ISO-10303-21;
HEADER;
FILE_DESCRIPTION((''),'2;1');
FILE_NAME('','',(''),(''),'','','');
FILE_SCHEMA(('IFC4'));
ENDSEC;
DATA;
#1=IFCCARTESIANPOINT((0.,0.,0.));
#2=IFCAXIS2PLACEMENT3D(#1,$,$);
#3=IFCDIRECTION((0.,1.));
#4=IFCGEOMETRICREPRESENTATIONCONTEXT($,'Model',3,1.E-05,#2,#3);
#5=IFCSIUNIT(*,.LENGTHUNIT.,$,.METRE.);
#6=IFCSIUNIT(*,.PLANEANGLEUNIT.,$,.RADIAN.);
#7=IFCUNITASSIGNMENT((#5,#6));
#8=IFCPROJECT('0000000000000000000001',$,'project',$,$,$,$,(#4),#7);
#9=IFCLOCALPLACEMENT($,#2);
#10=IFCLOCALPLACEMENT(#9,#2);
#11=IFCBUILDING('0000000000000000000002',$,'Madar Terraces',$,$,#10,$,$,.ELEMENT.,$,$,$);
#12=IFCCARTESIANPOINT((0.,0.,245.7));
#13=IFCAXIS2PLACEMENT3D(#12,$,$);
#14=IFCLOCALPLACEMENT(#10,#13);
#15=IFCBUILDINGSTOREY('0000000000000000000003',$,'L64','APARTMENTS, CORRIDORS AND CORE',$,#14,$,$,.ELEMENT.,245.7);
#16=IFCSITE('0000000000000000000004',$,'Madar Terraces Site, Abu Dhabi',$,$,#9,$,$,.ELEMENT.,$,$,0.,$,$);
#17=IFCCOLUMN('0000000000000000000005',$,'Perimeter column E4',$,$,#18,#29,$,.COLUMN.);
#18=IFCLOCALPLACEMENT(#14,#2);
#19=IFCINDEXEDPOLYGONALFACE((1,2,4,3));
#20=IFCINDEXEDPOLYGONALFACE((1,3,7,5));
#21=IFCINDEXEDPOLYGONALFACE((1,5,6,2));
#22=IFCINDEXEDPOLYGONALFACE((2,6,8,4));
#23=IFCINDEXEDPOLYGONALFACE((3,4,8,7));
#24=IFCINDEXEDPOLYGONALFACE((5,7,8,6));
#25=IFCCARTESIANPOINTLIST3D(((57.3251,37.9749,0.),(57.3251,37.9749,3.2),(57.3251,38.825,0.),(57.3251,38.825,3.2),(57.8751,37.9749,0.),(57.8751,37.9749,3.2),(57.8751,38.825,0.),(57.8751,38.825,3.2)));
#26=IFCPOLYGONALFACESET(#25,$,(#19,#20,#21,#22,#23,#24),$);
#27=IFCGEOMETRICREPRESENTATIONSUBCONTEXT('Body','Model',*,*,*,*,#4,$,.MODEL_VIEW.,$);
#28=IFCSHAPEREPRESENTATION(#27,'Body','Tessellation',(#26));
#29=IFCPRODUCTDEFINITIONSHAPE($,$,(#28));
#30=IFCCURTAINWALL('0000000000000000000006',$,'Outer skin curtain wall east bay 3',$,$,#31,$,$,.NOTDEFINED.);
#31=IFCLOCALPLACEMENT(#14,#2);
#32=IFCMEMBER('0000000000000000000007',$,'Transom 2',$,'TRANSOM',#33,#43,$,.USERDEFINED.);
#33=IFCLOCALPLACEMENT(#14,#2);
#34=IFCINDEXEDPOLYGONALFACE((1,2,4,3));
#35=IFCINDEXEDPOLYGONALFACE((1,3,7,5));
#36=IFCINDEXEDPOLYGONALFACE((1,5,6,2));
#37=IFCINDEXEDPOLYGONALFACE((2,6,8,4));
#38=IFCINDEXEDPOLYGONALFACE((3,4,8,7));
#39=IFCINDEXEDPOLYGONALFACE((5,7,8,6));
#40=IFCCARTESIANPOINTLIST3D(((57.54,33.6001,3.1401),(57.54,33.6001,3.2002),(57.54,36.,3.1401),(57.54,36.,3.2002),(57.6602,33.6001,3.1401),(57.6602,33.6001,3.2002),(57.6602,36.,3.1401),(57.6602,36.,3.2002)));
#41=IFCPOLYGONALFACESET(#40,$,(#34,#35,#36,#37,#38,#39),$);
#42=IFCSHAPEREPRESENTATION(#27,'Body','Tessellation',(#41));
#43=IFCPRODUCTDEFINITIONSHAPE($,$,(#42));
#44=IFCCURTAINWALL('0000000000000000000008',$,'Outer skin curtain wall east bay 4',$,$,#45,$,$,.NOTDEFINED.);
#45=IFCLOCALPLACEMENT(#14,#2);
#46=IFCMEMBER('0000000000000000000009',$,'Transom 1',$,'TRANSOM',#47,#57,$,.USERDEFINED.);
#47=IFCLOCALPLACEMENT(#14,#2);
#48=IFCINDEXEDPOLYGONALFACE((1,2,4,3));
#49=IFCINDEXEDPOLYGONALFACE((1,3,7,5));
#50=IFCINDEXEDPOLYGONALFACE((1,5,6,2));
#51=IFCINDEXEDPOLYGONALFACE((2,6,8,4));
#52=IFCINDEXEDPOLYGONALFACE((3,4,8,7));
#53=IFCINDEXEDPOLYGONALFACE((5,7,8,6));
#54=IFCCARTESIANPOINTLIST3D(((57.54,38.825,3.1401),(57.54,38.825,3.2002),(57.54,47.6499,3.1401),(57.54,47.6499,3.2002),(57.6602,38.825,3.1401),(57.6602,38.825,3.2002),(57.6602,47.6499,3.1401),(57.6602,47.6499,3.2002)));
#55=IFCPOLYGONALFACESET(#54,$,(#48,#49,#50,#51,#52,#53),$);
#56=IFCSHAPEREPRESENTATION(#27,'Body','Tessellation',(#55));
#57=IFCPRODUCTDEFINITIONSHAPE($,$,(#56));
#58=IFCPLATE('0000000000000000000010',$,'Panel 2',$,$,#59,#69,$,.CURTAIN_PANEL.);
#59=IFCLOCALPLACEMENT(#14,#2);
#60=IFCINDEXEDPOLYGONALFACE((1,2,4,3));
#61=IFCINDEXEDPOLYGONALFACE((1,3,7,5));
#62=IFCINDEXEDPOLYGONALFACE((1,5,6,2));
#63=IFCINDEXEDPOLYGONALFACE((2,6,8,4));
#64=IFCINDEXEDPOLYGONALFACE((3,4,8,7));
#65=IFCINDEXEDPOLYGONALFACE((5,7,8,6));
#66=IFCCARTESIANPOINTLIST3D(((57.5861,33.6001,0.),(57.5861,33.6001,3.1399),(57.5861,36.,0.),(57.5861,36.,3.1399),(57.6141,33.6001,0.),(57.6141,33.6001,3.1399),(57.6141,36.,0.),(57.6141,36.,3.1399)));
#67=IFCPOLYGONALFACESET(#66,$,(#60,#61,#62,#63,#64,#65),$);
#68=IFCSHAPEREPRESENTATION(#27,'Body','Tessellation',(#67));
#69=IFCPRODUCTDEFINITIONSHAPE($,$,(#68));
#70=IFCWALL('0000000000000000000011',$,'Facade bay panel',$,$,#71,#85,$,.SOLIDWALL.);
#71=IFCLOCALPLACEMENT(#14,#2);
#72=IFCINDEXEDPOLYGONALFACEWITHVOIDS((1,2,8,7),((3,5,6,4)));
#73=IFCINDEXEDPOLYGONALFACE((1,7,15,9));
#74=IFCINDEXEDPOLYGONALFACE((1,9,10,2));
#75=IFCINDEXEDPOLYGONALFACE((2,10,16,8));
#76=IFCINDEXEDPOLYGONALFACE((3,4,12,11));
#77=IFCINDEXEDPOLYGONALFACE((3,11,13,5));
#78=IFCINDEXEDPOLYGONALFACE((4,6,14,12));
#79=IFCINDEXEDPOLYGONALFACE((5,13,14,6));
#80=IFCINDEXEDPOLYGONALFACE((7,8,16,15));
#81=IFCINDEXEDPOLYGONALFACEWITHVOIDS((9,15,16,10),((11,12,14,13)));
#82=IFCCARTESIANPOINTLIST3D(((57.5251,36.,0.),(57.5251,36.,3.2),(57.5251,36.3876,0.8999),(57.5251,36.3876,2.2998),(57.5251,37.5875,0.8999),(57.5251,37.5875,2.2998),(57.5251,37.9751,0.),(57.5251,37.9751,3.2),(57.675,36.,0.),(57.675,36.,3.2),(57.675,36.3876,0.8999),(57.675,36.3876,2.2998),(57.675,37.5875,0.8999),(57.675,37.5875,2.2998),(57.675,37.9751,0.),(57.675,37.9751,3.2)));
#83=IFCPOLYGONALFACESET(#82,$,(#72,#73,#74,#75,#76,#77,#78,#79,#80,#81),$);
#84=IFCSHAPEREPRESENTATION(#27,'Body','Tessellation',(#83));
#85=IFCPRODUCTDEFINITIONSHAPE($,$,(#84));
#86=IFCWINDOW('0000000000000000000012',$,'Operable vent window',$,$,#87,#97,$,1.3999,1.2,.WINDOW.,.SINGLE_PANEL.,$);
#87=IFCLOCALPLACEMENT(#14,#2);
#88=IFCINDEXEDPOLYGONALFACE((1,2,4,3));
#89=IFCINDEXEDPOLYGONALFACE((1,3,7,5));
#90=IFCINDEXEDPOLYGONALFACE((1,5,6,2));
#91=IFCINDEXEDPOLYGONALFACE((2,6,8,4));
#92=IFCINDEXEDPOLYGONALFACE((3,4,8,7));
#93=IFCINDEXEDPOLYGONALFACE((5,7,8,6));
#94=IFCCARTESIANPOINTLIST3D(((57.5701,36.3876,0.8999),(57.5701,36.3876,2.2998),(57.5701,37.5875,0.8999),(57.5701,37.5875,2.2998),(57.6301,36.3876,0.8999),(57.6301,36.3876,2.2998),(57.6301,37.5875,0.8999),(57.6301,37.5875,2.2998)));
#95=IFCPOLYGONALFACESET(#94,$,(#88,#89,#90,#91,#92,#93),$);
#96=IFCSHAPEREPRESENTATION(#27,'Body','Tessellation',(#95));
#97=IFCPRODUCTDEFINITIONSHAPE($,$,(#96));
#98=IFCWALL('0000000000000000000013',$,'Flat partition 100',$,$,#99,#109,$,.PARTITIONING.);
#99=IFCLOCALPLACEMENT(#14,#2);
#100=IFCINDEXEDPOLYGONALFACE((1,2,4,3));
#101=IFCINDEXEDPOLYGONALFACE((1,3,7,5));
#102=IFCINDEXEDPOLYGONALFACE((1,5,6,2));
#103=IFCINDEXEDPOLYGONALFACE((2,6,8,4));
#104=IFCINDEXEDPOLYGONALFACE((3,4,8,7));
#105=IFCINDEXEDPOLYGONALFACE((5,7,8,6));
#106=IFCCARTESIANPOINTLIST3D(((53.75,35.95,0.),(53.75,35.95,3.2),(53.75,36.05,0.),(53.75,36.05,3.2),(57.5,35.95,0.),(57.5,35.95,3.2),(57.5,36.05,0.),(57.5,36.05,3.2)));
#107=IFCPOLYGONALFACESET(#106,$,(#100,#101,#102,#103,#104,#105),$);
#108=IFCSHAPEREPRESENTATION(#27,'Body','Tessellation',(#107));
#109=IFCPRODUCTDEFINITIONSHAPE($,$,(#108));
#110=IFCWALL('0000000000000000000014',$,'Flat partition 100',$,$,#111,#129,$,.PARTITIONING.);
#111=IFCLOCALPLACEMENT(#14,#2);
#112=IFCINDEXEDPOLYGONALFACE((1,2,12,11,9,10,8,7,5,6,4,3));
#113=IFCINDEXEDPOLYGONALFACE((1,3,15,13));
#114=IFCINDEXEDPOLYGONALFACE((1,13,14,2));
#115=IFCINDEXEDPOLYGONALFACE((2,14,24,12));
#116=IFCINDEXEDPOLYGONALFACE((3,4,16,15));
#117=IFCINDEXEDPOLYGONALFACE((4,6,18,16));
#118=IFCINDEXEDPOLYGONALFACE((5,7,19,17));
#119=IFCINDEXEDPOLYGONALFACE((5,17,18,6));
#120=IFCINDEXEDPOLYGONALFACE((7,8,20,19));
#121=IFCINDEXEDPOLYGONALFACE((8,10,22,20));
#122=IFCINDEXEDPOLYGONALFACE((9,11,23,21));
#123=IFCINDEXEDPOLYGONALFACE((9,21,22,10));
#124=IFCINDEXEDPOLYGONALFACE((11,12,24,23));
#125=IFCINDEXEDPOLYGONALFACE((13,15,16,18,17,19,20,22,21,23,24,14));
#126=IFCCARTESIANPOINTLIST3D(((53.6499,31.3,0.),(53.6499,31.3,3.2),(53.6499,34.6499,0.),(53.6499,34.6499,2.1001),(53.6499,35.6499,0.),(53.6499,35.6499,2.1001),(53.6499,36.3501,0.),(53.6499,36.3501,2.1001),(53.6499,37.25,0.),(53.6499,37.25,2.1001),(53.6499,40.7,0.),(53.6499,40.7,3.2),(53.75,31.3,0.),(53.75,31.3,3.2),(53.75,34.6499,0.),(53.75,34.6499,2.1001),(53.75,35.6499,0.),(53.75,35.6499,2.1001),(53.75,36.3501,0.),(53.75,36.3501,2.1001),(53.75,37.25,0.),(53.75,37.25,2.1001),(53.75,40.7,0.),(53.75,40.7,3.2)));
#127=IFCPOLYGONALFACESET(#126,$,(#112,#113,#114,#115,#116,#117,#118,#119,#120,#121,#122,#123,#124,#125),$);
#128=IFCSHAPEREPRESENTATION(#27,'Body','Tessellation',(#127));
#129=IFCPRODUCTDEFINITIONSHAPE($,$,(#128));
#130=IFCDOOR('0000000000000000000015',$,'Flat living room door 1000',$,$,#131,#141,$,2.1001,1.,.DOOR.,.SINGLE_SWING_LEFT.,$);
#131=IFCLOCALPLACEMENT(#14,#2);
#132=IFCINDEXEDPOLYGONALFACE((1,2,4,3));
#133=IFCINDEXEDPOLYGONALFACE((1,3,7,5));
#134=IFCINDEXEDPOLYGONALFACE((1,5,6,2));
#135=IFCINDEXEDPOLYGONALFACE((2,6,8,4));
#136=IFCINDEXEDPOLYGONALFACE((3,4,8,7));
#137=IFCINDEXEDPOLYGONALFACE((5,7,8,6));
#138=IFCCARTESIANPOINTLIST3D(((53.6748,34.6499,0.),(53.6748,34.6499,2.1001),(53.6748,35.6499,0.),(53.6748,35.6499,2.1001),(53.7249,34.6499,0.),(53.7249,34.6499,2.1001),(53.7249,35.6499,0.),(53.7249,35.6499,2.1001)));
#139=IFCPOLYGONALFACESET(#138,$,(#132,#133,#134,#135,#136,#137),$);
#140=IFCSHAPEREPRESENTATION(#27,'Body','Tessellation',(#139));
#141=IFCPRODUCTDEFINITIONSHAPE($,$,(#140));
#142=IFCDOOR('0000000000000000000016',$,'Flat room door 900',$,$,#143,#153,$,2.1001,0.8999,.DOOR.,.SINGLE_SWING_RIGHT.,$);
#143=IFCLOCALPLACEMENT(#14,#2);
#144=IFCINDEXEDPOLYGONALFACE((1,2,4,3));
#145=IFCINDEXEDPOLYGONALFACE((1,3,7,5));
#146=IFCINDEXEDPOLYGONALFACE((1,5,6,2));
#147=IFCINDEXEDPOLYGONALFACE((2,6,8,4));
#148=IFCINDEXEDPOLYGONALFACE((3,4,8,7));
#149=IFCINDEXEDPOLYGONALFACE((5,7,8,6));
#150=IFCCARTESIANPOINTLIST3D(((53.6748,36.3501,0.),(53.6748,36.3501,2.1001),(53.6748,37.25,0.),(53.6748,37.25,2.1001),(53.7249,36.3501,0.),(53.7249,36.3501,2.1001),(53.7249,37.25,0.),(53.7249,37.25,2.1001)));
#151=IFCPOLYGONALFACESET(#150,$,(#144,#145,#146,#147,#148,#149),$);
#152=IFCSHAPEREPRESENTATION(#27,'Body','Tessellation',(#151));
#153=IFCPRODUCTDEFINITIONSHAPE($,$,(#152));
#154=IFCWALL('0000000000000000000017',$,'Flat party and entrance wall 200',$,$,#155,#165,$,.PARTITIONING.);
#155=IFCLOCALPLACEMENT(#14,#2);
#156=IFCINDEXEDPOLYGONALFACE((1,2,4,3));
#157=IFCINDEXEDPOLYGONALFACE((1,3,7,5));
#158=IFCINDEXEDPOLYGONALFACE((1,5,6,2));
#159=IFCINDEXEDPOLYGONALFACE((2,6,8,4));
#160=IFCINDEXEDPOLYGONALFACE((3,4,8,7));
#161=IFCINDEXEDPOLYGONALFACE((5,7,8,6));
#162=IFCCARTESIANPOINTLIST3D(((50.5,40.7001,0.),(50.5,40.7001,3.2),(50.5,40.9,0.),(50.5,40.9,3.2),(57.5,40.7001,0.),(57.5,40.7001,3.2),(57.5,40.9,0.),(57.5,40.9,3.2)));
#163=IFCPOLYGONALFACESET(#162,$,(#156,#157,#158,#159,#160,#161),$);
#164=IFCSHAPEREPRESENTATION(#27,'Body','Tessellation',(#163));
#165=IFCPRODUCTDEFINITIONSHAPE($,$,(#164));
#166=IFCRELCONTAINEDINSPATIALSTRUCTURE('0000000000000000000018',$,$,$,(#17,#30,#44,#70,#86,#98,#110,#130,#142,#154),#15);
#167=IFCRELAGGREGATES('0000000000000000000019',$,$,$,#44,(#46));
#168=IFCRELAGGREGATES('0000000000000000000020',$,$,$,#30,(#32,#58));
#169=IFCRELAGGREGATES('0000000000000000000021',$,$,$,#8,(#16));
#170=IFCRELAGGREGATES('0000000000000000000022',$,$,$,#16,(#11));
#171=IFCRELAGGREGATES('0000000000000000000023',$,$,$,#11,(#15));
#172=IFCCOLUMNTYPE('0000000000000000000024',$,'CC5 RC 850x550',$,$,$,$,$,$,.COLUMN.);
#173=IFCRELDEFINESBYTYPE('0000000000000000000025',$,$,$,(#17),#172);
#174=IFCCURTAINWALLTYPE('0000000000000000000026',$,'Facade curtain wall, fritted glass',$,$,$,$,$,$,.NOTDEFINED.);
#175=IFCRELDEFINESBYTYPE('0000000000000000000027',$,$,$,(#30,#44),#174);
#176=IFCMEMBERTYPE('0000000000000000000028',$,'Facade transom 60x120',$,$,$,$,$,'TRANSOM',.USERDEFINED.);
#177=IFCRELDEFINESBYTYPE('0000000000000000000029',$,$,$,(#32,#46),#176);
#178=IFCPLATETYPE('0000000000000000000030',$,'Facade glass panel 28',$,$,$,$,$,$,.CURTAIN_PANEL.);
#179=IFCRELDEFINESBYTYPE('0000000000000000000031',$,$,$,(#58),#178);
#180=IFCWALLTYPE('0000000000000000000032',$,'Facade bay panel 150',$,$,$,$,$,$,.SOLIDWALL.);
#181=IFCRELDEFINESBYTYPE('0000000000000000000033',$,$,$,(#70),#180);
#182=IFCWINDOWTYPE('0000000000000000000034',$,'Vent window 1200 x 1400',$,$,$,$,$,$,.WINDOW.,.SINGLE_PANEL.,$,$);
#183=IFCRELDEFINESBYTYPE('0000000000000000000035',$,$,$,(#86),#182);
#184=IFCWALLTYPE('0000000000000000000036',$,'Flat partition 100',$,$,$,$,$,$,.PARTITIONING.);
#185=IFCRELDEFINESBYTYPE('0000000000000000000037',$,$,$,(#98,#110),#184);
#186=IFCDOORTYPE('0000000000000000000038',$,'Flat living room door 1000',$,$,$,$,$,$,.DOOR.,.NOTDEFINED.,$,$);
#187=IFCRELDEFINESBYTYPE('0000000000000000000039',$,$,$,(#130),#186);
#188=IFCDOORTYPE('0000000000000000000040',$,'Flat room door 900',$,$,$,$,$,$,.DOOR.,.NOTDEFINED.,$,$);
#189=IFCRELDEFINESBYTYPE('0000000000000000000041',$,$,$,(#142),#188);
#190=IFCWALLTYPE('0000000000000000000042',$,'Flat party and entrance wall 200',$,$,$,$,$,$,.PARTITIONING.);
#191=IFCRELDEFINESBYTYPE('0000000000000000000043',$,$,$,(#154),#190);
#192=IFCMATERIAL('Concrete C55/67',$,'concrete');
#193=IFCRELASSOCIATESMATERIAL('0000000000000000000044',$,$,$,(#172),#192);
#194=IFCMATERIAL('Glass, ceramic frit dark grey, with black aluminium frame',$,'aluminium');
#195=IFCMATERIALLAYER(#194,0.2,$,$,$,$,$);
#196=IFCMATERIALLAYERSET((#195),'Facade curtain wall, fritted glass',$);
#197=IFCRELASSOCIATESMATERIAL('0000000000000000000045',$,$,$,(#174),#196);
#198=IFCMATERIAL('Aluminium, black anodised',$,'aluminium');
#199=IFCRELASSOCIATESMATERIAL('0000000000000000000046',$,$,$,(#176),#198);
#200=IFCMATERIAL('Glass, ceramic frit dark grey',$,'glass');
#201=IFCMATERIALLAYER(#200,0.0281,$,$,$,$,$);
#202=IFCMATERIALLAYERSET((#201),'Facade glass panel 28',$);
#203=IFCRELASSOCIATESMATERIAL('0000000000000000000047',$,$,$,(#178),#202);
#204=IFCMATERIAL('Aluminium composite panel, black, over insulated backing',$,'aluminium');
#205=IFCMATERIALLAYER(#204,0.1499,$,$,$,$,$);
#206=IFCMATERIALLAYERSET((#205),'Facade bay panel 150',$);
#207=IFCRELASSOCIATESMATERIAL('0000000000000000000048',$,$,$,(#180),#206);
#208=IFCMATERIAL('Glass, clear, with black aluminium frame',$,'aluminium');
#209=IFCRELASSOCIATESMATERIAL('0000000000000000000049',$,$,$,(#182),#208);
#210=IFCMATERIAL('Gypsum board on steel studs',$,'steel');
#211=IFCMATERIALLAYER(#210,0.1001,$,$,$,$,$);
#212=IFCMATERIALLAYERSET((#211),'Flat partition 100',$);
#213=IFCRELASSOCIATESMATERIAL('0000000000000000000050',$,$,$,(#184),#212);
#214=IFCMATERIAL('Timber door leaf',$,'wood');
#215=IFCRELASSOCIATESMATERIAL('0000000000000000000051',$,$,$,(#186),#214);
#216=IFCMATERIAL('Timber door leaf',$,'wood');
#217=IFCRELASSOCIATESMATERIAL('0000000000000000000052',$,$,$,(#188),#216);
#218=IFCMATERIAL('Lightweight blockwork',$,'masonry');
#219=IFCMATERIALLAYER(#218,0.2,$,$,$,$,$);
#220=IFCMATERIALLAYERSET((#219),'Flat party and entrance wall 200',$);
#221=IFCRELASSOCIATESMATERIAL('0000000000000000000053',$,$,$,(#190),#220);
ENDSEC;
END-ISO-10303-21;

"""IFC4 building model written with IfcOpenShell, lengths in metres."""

from ifc_helpers import new_model, si_unit, direction, frame, frame_2d, origin, origin_2d, place, context, subcontext, project, spatial, rectangle, extrude, material, layer, layer_set, material_profile, profile_set, type_object, element, fill, aggregate, save


model = new_model("IFC4")

# Units and contexts
model_context = context("Model", 3, precision=1e-05, world=origin(), true_north=direction((0.0, 1.0)))
body_context = subcontext(model_context, "Body", "Model", "MODEL_VIEW")
ifc_project = project(units=[si_unit("LENGTHUNIT", "METRE"), si_unit("PLANEANGLEUNIT", "RADIAN")], contexts=[model_context])

# Site, building, storey
site_placement = place(None, origin())
site = spatial("IfcSite", under=ifc_project, at=site_placement, Name="Madar Terraces Site, Abu Dhabi", CompositionType="ELEMENT", RefElevation=0.0)
building_placement = place(site_placement, origin())
building = spatial("IfcBuilding", under=site, at=building_placement, Name="Madar Terraces", CompositionType="ELEMENT")
storey_placement = place(building_placement, frame((0.0, 0.0, 245.7)))
storey = spatial("IfcBuildingStorey", under=building, at=storey_placement, Name="L64", Description="APARTMENTS, CORRIDORS AND CORE", CompositionType="ELEMENT", Elevation=245.7)

# Column
ifc_material_1 = material(Name="Concrete C55/67", Category="concrete")
ifc_material_profile_1 = material_profile(ifc_material_1, rectangle(XDim=0.8501, YDim=0.55, at=origin_2d()), Name="CC5 RC 850x550")
ifc_profile_set_1 = profile_set([ifc_material_profile_1], Name="Concrete C55/67")
column_type = type_object("IfcColumnType", Name="CC5 RC 850x550", PredefinedType="COLUMN", material=ifc_profile_set_1)
column_placement = place(storey_placement, frame((57.6001, 38.3999, 0.0), z_axis=(0.0, 0.0, 1.0), x_axis=(0.0, 1.0, 0.0)))
element("IfcColumn", 1, at=column_placement, inside=storey, type_object=column_type, Name="Perimeter column E4", PredefinedType="COLUMN", context=body_context, shape_type="SweptSolid", body=[
    extrude(rectangle(XDim=0.8501, YDim=0.55, at=origin_2d()), origin(), (0.0, 0.0, 1.0), 3.2),
])

# Curtain walls, members
ifc_material_2 = material(Name="Glass, ceramic frit dark grey, with black aluminium frame", Category="aluminium")
ifc_layer_1 = layer(ifc_material_2, 0.2)
ifc_layer_set_1 = layer_set([ifc_layer_1], Name="Facade curtain wall, fritted glass")
curtain_wall_type = type_object("IfcCurtainWallType", Name="Facade curtain wall, fritted glass", PredefinedType="NOTDEFINED", material=ifc_layer_set_1)
curtain_wall_1_placement = place(storey_placement, origin())
curtain_wall_1 = element("IfcCurtainWall", 2, at=curtain_wall_1_placement, inside=storey, type_object=curtain_wall_type, Name="Outer skin curtain wall east bay 3", PredefinedType="NOTDEFINED")
ifc_material_3 = material(Name="Aluminium, black anodised", Category="aluminium")
ifc_material_profile_2 = material_profile(ifc_material_3, rectangle(XDim=0.1201, YDim=0.0601, at=origin_2d()), Name="Facade transom 60x120")
ifc_profile_set_2 = profile_set([ifc_material_profile_2], Name="Aluminium, black anodised")
member_type = type_object("IfcMemberType", Name="Facade transom 60x120", ElementType="TRANSOM", PredefinedType="USERDEFINED", material=ifc_profile_set_2)
member_1_placement = place(storey_placement, frame((57.6001, 33.6001, 3.1702), z_axis=(0.0, 1.0, 0.0), x_axis=(-1.0, 0.0, 0.0)))
member_1 = element("IfcMember", 3, at=member_1_placement, type_object=member_type, Name="Transom 2", ObjectType="TRANSOM", PredefinedType="USERDEFINED", context=body_context, shape_type="SweptSolid", body=[
    extrude(rectangle(XDim=0.1201, YDim=0.0601, at=origin_2d()), origin(), (0.0, 0.0, 1.0), 2.3999),
])
curtain_wall_2_placement = place(storey_placement, origin())
curtain_wall_2 = element("IfcCurtainWall", 4, at=curtain_wall_2_placement, inside=storey, type_object=curtain_wall_type, Name="Outer skin curtain wall east bay 4", PredefinedType="NOTDEFINED")
member_2_placement = place(storey_placement, frame((57.6001, 38.825, 3.1702), z_axis=(0.0, 1.0, 0.0), x_axis=(-1.0, 0.0, 0.0)))
member_2 = element("IfcMember", 5, at=member_2_placement, type_object=member_type, Name="Transom 1", ObjectType="TRANSOM", PredefinedType="USERDEFINED", context=body_context, shape_type="SweptSolid", body=[
    extrude(rectangle(XDim=0.1201, YDim=0.0601, at=origin_2d()), origin(), (0.0, 0.0, 1.0), 8.825),
])
aggregate(curtain_wall_2, [member_2])

# Plate
ifc_material_4 = material(Name="Glass, ceramic frit dark grey", Category="glass")
ifc_layer_2 = layer(ifc_material_4, 0.0281)
ifc_layer_set_2 = layer_set([ifc_layer_2], Name="Facade glass panel 28")
plate_type = type_object("IfcPlateType", Name="Facade glass panel 28", PredefinedType="CURTAIN_PANEL", material=ifc_layer_set_2)
plate_placement = place(storey_placement, frame((57.6001, 34.8, 0.0), z_axis=(0.0, 0.0, 1.0), x_axis=(0.0, 1.0, 0.0)))
plate = element("IfcPlate", 6, at=plate_placement, type_object=plate_type, Name="Panel 2", PredefinedType="CURTAIN_PANEL", context=body_context, shape_type="SweptSolid", body=[
    extrude(rectangle(XDim=2.3999, YDim=0.0281, at=origin_2d()), origin(), (0.0, 0.0, 1.0), 3.1399),
])
aggregate(curtain_wall_1, [member_1, plate])

# Wall, opening, window
ifc_material_5 = material(Name="Aluminium composite panel, black, over insulated backing", Category="aluminium")
ifc_layer_3 = layer(ifc_material_5, 0.1499)
ifc_layer_set_3 = layer_set([ifc_layer_3], Name="Facade bay panel 150")
wall_type_1 = type_object("IfcWallType", Name="Facade bay panel 150", PredefinedType="SOLIDWALL", material=ifc_layer_set_3)
wall_1_placement = place(storey_placement, frame((57.6001, 36.0, 0.0), z_axis=(0.0, 0.0, 1.0), x_axis=(0.0, 1.0, 0.0)))
wall_1 = element("IfcWall", 7, at=wall_1_placement, inside=storey, type_object=wall_type_1, Name="Facade bay panel", PredefinedType="SOLIDWALL", context=body_context, shape_type="SweptSolid", body=[
    extrude(rectangle(XDim=1.9751, YDim=0.1499, at=frame_2d((0.9875, 0.0))), origin(), (0.0, 0.0, 1.0), 3.2),
])
opening_1_placement = place(wall_1_placement, frame((0.3875, 0.0, 0.8999)))
opening_1 = element("IfcOpeningElement", 8, at=opening_1_placement, cuts=wall_1, PredefinedType="OPENING", context=body_context, shape_type="SweptSolid", body=[
    extrude(rectangle(XDim=1.2, YDim=1.3999, at=frame_2d((0.6001, 0.7))), frame((0.0, 0.085, 0.0), z_axis=(0.0, -1.0, 0.0), x_axis=(1.0, 0.0, 0.0)), (0.0, 0.0, 1.0), 0.1699),
])
ifc_material_6 = material(Name="Glass, clear, with black aluminium frame", Category="aluminium")
window_type = type_object("IfcWindowType", Name="Vent window 1200 x 1400", PartitioningType="SINGLE_PANEL", PredefinedType="WINDOW", material=ifc_material_6)
window_placement = place(opening_1_placement, origin())
window = element("IfcWindow", 9, at=window_placement, inside=storey, type_object=window_type, Name="Operable vent window", OverallHeight=1.3999, OverallWidth=1.2, PartitioningType="SINGLE_PANEL", PredefinedType="WINDOW", context=body_context, shape_type="SweptSolid", body=[
    extrude(rectangle(XDim=1.2, YDim=1.3999, at=frame_2d((0.6001, 0.7))), frame((0.0, 0.03, 0.0), z_axis=(0.0, -1.0, 0.0), x_axis=(1.0, 0.0, 0.0)), (0.0, 0.0, 1.0), 0.0601),
])
fill(opening_1, window)

# Wall
ifc_material_7 = material(Name="Gypsum board on steel studs", Category="steel")
ifc_layer_4 = layer(ifc_material_7, 0.1001)
ifc_layer_set_4 = layer_set([ifc_layer_4], Name="Flat partition 100")
wall_type_2 = type_object("IfcWallType", Name="Flat partition 100", PredefinedType="PARTITIONING", material=ifc_layer_set_4)
wall_2_placement = place(storey_placement, frame((53.75, 36.0, 0.0), z_axis=(0.0, 0.0, 1.0), x_axis=(1.0, 0.0, 0.0)))
element("IfcWall", 10, at=wall_2_placement, inside=storey, type_object=wall_type_2, Name="Flat partition 100", PredefinedType="PARTITIONING", context=body_context, shape_type="SweptSolid", body=[
    extrude(rectangle(XDim=3.75, YDim=0.1001, at=frame_2d((1.875, 0.0))), origin(), (0.0, 0.0, 1.0), 3.2),
])

# Wall, openings, doors
wall_3_placement = place(storey_placement, frame((53.7, 40.7, 0.0), z_axis=(0.0, 0.0, 1.0), x_axis=(0.0, -1.0, 0.0)))
wall_3 = element("IfcWall", 11, at=wall_3_placement, inside=storey, type_object=wall_type_2, Name="Flat partition 100", PredefinedType="PARTITIONING", context=body_context, shape_type="SweptSolid", body=[
    extrude(rectangle(XDim=9.3999, YDim=0.1001, at=frame_2d((4.7, 0.0))), origin(), (0.0, 0.0, 1.0), 3.2),
])
opening_2_placement = place(wall_3_placement, frame((3.45, 0.0, 0.0)))
opening_2 = element("IfcOpeningElement", 12, at=opening_2_placement, cuts=wall_3, PredefinedType="OPENING", context=body_context, shape_type="SweptSolid", body=[
    extrude(rectangle(XDim=0.8999, YDim=2.1001, at=frame_2d((0.45, 1.05))), frame((0.0, 0.0601, 0.0), z_axis=(0.0, -1.0, 0.0), x_axis=(1.0, 0.0, 0.0)), (0.0, 0.0, 1.0), 0.1201),
])
opening_3_placement = place(wall_3_placement, frame((5.05, 0.0, 0.0)))
opening_3 = element("IfcOpeningElement", 13, at=opening_3_placement, cuts=wall_3, PredefinedType="OPENING", context=body_context, shape_type="SweptSolid", body=[
    extrude(rectangle(XDim=1.0, YDim=2.1001, at=frame_2d((0.5, 1.05))), frame((0.0, 0.0601, 0.0), z_axis=(0.0, -1.0, 0.0), x_axis=(1.0, 0.0, 0.0)), (0.0, 0.0, 1.0), 0.1201),
])
ifc_material_8 = material(Name="Timber door leaf", Category="wood")
door_type_1 = type_object("IfcDoorType", Name="Flat living room door 1000", OperationType="NOTDEFINED", PredefinedType="DOOR", material=ifc_material_8)
door_1_placement = place(opening_3_placement, origin())
door_1 = element("IfcDoor", 14, at=door_1_placement, inside=storey, type_object=door_type_1, Name="Flat living room door 1000", OperationType="SINGLE_SWING_LEFT", OverallHeight=2.1001, OverallWidth=1.0, PredefinedType="DOOR", context=body_context, shape_type="SweptSolid", body=[
    extrude(rectangle(XDim=1.0, YDim=2.1001, at=frame_2d((0.5, 1.05))), frame((0.0, 0.0249, 0.0), z_axis=(0.0, -1.0, 0.0), x_axis=(1.0, 0.0, 0.0)), (0.0, 0.0, 1.0), 0.05),
])
fill(opening_3, door_1)
ifc_material_9 = material(Name="Timber door leaf", Category="wood")
door_type_2 = type_object("IfcDoorType", Name="Flat room door 900", OperationType="NOTDEFINED", PredefinedType="DOOR", material=ifc_material_9)
door_2_placement = place(opening_2_placement, origin())
door_2 = element("IfcDoor", 15, at=door_2_placement, inside=storey, type_object=door_type_2, Name="Flat room door 900", OperationType="SINGLE_SWING_RIGHT", OverallHeight=2.1001, OverallWidth=0.8999, PredefinedType="DOOR", context=body_context, shape_type="SweptSolid", body=[
    extrude(rectangle(XDim=0.8999, YDim=2.1001, at=frame_2d((0.45, 1.05))), frame((0.0, 0.0249, 0.0), z_axis=(0.0, -1.0, 0.0), x_axis=(1.0, 0.0, 0.0)), (0.0, 0.0, 1.0), 0.05),
])
fill(opening_2, door_2)

# Wall
ifc_material_10 = material(Name="Lightweight blockwork", Category="masonry")
ifc_layer_5 = layer(ifc_material_10, 0.2)
ifc_layer_set_5 = layer_set([ifc_layer_5], Name="Flat party and entrance wall 200")
wall_type_3 = type_object("IfcWallType", Name="Flat party and entrance wall 200", PredefinedType="PARTITIONING", material=ifc_layer_set_5)
wall_4_placement = place(storey_placement, frame((50.5, 40.8, 0.0), z_axis=(0.0, 0.0, 1.0), x_axis=(1.0, 0.0, 0.0)))
element("IfcWall", 16, at=wall_4_placement, inside=storey, type_object=wall_type_3, Name="Flat party and entrance wall 200", PredefinedType="PARTITIONING", context=body_context, shape_type="SweptSolid", body=[
    extrude(rectangle(XDim=7.0, YDim=0.2, at=frame_2d((3.5, 0.0))), origin(), (0.0, 0.0, 1.0), 3.2),
])

save(model, "model.ifc")
